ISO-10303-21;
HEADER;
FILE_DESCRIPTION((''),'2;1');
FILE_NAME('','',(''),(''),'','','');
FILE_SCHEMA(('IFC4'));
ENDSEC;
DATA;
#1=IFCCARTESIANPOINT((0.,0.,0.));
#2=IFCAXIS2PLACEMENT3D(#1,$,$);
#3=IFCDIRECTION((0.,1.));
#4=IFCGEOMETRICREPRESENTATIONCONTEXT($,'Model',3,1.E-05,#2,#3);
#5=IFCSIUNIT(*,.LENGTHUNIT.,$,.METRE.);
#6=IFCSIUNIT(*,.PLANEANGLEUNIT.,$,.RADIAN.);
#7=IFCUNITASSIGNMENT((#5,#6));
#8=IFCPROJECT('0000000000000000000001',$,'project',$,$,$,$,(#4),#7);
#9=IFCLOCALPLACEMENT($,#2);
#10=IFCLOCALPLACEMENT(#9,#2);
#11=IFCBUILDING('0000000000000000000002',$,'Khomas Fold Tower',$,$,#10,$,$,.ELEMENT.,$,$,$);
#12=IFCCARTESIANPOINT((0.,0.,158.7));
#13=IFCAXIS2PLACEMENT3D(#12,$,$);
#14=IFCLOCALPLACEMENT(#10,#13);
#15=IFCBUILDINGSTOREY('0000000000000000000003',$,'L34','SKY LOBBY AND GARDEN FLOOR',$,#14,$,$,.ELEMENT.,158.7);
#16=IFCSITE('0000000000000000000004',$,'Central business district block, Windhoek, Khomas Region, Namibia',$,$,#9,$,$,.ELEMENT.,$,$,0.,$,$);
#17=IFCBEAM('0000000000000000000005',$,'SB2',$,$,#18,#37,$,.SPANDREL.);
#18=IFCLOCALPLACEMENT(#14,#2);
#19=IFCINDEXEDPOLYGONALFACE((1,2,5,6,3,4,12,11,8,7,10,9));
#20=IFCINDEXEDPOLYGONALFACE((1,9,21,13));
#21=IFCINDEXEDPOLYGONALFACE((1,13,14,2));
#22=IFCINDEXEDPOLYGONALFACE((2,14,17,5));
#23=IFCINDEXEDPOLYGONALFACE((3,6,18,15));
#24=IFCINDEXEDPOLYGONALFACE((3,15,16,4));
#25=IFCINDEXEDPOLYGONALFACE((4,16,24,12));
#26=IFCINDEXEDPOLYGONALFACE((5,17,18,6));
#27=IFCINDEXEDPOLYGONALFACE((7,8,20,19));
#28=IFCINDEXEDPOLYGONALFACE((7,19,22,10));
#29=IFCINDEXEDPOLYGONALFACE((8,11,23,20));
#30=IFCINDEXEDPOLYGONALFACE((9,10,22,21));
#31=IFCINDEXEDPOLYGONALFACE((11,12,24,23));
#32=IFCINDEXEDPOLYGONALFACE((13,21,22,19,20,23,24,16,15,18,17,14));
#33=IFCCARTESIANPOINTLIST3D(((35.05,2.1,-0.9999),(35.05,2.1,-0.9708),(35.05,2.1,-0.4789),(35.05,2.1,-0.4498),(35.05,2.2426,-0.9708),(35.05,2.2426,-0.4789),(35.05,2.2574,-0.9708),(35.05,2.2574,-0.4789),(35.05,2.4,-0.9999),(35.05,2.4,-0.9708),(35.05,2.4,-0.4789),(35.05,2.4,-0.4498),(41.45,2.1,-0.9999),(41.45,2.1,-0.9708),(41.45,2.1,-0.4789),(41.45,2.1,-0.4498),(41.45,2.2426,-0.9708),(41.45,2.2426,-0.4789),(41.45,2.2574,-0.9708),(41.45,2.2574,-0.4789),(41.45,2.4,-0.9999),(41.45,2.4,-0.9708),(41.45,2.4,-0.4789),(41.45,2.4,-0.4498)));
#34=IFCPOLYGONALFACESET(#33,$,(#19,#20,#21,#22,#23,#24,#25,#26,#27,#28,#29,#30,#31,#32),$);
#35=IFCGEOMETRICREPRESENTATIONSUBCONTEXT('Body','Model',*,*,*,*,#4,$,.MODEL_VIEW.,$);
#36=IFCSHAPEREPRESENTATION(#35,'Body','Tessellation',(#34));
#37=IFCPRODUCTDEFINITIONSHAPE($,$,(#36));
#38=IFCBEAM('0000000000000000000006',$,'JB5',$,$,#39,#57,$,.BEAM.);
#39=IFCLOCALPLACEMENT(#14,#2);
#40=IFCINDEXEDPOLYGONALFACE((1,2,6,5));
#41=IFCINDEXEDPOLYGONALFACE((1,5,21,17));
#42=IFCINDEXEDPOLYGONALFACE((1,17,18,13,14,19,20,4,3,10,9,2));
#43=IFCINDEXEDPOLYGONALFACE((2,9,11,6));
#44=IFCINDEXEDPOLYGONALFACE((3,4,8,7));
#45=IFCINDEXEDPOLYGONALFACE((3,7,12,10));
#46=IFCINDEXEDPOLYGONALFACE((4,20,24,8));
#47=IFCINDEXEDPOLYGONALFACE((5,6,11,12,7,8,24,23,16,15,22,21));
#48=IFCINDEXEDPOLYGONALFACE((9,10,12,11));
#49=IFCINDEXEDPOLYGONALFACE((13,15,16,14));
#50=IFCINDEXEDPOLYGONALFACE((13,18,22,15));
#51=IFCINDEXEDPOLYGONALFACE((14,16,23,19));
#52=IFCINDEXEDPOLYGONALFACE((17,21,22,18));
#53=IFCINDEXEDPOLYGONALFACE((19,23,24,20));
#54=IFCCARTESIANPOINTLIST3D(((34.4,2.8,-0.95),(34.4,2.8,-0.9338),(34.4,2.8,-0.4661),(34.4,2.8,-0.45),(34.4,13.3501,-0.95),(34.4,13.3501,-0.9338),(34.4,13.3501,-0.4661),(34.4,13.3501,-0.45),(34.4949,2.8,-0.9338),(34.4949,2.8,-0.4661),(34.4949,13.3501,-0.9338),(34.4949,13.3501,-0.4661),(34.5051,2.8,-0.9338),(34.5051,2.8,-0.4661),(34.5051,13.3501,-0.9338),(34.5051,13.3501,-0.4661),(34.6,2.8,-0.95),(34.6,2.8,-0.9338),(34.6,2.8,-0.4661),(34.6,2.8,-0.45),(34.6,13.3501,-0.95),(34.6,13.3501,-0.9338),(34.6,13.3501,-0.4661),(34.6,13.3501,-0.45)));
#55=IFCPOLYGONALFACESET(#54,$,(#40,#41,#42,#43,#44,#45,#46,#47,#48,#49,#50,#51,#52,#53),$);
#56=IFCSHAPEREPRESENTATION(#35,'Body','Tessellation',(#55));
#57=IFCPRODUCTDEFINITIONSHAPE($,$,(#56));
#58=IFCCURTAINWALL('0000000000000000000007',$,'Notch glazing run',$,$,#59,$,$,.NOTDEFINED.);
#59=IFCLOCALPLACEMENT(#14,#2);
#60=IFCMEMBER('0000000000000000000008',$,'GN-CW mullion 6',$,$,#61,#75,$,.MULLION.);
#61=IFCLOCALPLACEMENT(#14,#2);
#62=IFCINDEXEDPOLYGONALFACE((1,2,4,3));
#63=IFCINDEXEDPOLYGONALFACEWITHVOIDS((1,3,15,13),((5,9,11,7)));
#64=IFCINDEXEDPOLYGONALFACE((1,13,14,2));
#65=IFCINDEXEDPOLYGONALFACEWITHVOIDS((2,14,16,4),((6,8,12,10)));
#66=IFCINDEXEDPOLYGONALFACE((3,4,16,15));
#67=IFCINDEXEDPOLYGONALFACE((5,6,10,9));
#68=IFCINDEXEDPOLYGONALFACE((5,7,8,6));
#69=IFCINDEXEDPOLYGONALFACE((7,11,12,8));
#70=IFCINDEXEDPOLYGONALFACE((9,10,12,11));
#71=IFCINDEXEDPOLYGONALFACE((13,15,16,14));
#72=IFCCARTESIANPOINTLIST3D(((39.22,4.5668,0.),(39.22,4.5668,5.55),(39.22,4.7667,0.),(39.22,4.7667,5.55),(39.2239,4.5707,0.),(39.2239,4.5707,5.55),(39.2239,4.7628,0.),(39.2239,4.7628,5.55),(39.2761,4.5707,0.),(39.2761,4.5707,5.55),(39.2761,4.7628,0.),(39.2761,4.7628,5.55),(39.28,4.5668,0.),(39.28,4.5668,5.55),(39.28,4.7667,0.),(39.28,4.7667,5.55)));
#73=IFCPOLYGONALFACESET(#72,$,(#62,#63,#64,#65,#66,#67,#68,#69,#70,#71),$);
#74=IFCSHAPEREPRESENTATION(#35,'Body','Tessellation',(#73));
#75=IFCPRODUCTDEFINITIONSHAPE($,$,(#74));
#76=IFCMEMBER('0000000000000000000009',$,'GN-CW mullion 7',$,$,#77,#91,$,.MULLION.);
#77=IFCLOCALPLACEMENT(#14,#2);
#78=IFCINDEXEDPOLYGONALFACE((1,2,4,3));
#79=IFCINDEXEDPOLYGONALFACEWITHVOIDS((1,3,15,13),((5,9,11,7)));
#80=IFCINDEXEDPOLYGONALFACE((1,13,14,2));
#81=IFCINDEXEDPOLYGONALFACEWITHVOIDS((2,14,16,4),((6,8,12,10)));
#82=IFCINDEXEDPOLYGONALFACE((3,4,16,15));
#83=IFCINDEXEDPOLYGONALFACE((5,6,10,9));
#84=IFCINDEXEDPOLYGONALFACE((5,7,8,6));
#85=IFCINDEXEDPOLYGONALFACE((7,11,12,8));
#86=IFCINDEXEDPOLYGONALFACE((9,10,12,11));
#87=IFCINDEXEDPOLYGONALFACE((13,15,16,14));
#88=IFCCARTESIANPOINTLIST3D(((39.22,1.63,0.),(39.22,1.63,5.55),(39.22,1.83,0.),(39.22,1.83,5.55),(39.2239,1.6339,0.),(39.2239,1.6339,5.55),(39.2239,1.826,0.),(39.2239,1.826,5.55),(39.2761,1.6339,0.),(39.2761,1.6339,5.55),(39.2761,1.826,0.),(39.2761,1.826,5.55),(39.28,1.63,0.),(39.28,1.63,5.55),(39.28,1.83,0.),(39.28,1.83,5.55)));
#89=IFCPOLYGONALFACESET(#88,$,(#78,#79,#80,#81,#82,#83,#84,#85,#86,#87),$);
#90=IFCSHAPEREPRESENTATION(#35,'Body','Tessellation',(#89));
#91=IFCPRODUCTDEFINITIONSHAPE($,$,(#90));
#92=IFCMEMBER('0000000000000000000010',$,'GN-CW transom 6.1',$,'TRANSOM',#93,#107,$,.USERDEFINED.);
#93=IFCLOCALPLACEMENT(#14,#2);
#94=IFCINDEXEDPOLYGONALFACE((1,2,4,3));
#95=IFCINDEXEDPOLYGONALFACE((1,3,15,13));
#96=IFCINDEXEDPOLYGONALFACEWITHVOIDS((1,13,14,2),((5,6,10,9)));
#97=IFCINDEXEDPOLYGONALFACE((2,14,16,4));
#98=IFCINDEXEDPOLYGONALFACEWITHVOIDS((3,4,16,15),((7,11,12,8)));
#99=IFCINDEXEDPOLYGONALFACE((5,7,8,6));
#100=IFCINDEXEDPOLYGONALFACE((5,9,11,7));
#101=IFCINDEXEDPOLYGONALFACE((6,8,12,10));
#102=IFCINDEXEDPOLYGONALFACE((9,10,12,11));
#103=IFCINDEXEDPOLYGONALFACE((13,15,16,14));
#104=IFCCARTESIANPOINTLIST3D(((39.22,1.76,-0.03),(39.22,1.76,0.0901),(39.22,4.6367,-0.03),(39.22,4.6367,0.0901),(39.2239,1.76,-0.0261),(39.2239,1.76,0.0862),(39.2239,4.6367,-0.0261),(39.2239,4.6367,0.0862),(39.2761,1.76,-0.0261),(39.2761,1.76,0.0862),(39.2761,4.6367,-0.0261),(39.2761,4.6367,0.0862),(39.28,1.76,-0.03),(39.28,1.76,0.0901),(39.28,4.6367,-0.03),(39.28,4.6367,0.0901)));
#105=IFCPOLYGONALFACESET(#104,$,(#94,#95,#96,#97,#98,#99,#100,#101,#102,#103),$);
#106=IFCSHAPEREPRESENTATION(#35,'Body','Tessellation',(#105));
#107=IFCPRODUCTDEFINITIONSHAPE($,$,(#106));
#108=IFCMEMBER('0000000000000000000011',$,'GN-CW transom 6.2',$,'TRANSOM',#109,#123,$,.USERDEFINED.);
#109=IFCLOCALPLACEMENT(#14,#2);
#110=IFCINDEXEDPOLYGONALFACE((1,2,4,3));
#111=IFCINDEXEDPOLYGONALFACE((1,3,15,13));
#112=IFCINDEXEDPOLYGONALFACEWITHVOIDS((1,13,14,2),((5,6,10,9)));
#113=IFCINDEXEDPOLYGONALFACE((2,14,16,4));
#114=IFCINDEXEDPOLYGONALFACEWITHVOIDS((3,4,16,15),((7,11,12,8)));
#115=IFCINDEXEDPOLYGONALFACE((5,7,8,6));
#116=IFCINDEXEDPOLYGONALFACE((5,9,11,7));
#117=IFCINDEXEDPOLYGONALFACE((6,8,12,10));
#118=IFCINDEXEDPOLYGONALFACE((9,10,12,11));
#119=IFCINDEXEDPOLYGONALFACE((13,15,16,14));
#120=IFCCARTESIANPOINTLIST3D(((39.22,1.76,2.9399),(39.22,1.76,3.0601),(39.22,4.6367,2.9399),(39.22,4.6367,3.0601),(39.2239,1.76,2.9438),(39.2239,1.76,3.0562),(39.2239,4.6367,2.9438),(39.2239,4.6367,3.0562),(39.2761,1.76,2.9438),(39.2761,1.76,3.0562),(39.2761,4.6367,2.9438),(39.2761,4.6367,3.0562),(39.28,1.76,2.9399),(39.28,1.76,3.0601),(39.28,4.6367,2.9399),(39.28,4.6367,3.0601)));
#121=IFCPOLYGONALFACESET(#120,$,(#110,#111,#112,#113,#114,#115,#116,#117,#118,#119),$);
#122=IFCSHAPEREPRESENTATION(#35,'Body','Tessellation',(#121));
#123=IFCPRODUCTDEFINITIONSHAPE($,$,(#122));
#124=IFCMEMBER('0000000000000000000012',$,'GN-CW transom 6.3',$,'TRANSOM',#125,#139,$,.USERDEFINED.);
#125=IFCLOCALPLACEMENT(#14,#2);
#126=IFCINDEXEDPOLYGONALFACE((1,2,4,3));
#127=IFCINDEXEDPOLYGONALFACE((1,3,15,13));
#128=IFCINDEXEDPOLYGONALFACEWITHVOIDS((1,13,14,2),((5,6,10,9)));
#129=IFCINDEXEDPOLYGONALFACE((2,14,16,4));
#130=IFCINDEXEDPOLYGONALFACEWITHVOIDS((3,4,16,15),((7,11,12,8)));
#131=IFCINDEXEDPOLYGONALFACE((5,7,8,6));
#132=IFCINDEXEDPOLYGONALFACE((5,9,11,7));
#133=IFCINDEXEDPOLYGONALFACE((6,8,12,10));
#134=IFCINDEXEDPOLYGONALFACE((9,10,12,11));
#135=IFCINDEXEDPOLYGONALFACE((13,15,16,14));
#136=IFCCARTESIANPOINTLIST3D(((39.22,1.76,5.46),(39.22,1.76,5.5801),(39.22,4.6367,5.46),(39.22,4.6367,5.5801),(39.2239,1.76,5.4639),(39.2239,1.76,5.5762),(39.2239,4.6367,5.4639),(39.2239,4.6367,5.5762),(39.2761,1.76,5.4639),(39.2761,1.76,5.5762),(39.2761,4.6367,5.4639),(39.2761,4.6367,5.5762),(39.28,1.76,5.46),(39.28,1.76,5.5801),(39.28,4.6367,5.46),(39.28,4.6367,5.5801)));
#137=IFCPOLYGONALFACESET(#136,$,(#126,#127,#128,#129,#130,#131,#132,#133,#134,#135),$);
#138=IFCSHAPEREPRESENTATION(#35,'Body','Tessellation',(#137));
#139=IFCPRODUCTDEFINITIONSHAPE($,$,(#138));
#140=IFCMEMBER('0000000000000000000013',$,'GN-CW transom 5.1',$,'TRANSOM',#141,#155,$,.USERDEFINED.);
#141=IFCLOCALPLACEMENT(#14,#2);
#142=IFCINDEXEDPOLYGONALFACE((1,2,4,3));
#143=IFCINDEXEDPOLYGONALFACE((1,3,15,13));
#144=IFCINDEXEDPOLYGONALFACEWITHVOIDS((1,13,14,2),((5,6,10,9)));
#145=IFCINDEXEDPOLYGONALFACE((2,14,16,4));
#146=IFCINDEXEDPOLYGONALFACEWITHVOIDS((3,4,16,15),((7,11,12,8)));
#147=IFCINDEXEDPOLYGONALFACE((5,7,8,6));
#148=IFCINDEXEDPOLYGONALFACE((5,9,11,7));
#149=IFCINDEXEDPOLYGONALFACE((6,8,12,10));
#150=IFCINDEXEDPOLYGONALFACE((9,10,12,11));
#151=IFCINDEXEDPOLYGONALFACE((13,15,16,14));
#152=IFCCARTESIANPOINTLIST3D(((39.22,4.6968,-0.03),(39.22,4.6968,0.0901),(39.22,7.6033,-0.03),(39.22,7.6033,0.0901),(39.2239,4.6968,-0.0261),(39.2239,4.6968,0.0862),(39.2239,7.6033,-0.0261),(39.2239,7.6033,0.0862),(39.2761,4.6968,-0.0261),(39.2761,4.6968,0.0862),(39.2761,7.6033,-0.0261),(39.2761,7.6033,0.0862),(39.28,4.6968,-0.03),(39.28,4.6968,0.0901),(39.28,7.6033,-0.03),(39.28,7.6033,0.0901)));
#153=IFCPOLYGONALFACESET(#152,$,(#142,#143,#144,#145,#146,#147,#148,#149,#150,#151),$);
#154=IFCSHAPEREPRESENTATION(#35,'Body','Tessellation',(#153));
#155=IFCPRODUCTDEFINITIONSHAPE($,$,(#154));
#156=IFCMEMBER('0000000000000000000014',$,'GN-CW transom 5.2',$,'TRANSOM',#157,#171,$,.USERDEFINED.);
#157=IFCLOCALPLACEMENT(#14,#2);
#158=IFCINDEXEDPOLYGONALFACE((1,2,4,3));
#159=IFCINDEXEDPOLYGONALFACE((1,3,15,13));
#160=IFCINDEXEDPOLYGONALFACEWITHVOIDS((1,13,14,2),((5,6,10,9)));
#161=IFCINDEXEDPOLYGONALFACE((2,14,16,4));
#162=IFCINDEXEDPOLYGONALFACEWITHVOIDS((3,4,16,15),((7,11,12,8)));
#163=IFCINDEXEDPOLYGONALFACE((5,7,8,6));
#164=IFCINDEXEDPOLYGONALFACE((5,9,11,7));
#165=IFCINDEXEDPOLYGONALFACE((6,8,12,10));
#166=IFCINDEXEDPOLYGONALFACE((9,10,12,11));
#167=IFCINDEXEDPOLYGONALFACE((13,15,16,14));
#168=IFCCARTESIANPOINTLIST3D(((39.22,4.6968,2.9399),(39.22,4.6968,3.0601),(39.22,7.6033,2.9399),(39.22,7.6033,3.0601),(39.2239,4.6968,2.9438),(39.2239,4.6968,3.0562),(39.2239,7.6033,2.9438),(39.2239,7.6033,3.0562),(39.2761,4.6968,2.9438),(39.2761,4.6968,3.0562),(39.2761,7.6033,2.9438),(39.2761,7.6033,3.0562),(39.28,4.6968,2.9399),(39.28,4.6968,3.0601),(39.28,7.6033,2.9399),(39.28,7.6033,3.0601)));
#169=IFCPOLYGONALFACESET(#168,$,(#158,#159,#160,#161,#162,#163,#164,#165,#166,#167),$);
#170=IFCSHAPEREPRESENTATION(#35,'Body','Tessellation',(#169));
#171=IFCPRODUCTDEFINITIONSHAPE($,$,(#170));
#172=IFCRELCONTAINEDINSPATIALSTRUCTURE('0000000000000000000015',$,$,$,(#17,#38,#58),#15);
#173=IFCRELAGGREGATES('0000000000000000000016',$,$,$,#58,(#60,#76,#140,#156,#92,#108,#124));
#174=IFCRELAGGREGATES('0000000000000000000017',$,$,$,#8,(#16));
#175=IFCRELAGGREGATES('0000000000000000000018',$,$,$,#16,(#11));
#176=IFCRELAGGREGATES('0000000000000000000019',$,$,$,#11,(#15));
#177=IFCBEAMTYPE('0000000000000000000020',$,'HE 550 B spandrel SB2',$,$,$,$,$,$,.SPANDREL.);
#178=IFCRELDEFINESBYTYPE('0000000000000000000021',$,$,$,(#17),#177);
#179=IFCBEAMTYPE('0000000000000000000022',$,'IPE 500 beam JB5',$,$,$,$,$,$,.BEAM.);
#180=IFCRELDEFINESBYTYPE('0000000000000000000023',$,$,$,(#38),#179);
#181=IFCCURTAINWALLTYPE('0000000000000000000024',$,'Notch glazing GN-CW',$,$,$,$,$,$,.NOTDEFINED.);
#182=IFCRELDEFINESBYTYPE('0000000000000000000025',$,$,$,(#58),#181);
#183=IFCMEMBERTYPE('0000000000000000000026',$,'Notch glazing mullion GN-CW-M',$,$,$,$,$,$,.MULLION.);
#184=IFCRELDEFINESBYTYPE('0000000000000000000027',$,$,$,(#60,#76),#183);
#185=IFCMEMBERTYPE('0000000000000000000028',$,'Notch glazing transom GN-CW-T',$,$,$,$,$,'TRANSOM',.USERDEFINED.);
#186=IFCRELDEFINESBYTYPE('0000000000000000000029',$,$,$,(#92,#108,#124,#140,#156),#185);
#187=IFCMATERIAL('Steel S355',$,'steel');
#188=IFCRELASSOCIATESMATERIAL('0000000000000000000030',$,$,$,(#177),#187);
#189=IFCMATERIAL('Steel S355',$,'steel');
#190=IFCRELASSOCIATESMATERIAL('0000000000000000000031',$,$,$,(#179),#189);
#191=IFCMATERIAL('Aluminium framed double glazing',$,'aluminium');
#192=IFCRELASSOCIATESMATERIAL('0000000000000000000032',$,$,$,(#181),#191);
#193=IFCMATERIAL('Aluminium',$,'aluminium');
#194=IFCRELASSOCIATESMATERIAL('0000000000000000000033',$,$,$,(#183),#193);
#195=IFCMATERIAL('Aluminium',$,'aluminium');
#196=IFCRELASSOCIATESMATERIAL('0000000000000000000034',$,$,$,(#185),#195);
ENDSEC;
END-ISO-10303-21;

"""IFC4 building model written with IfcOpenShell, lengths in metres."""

from ifc_helpers import new_model, si_unit, direction, frame, origin, origin_2d, place, context, subcontext, project, spatial, hollow_rectangle, i_section, extrude, source, transform, mapped, material, material_profile, profile_set, type_object, element, aggregate, save


model = new_model("IFC4")

# Units and contexts
model_context = context("Model", 3, precision=1e-05, world=origin(), true_north=direction((0.0, 1.0)))
body_context = subcontext(model_context, "Body", "Model", "MODEL_VIEW")
ifc_project = project(units=[si_unit("LENGTHUNIT", "METRE"), si_unit("PLANEANGLEUNIT", "RADIAN")], contexts=[model_context])

# Site, building, storey
site_placement = place(None, origin())
site = spatial("IfcSite", under=ifc_project, at=site_placement, Name="Central business district block, Windhoek, Khomas Region, Namibia", CompositionType="ELEMENT", RefElevation=0.0)
building_placement = place(site_placement, origin())
building = spatial("IfcBuilding", under=site, at=building_placement, Name="Khomas Fold Tower", CompositionType="ELEMENT")
storey_placement = place(building_placement, frame((0.0, 0.0, 158.7)))
storey = spatial("IfcBuildingStorey", under=building, at=storey_placement, Name="L34", Description="SKY LOBBY AND GARDEN FLOOR", CompositionType="ELEMENT", Elevation=158.7)

# Beams
ifc_material_1 = material(Name="Steel S355", Category="steel")
ifc_material_profile_1 = material_profile(ifc_material_1, i_section(OverallWidth=0.3, OverallDepth=0.55, WebThickness=0.0149, FlangeThickness=0.0291, at=origin_2d()), Name="HE 550 B")
ifc_profile_set_1 = profile_set([ifc_material_profile_1], Name="Steel S355")
beam_type_1 = type_object("IfcBeamType", Name="HE 550 B spandrel SB2", PredefinedType="SPANDREL", material=ifc_profile_set_1)
shared_shape_1 = source(origin(), body_context, "Body", "SweptSolid", [
    extrude(i_section(OverallWidth=0.3, OverallDepth=0.55, WebThickness=0.0149, FlangeThickness=0.0291, at=origin_2d()), origin(), (0.0, 0.0, 1.0), 6.3999),
])
beam_1_placement = place(storey_placement, frame((35.05, 2.25, -0.7249), z_axis=(1.0, 0.0, 0.0), x_axis=(0.0, 1.0, 0.0)))
element("IfcBeam", 1, at=beam_1_placement, inside=storey, type_object=beam_type_1, Name="SB2", PredefinedType="SPANDREL", context=body_context, shape_type="MappedRepresentation", body=[
    mapped(shared_shape_1, transform((0.0, 0.0, 0.0))),
])
ifc_material_2 = material(Name="Steel S355", Category="steel")
ifc_material_profile_2 = material_profile(ifc_material_2, i_section(OverallWidth=0.2, OverallDepth=0.5, WebThickness=0.0103, FlangeThickness=0.0161, at=origin_2d()), Name="IPE 500")
ifc_profile_set_2 = profile_set([ifc_material_profile_2], Name="Steel S355")
beam_type_2 = type_object("IfcBeamType", Name="IPE 500 beam JB5", PredefinedType="BEAM", material=ifc_profile_set_2)
shared_shape_2 = source(origin(), body_context, "Body", "SweptSolid", [
    extrude(i_section(OverallWidth=0.2, OverallDepth=0.5, WebThickness=0.0103, FlangeThickness=0.0161, at=origin_2d()), origin(), (0.0, 0.0, 1.0), 10.55),
])
beam_2_placement = place(storey_placement, frame((34.5, 2.8, -0.7), z_axis=(0.0, 1.0, 0.0), x_axis=(-1.0, 0.0, 0.0)))
element("IfcBeam", 2, at=beam_2_placement, inside=storey, type_object=beam_type_2, Name="JB5", PredefinedType="BEAM", context=body_context, shape_type="MappedRepresentation", body=[
    mapped(shared_shape_2, transform((0.0, 0.0, 0.0))),
])

# Curtain wall, members
ifc_material_3 = material(Name="Aluminium framed double glazing", Category="aluminium")
curtain_wall_type = type_object("IfcCurtainWallType", Name="Notch glazing GN-CW", PredefinedType="NOTDEFINED", material=ifc_material_3)
curtain_wall_placement = place(storey_placement, origin())
curtain_wall = element("IfcCurtainWall", 3, at=curtain_wall_placement, inside=storey, type_object=curtain_wall_type, Name="Notch glazing run", PredefinedType="NOTDEFINED")
ifc_material_4 = material(Name="Aluminium", Category="aluminium")
ifc_material_profile_3 = material_profile(ifc_material_4, hollow_rectangle(XDim=0.0601, YDim=0.2, WallThickness=0.0039, at=origin_2d()), Name="Notch glazing mullion GN-CW-M")
ifc_profile_set_3 = profile_set([ifc_material_profile_3], Name="Aluminium")
member_type_1 = type_object("IfcMemberType", Name="Notch glazing mullion GN-CW-M", PredefinedType="MULLION", material=ifc_profile_set_3)
shared_shape_3 = source(origin(), body_context, "Body", "SweptSolid", [
    extrude(hollow_rectangle(XDim=0.0601, YDim=0.2, WallThickness=0.0039, at=origin_2d()), origin(), (0.0, 0.0, 1.0), 5.55),
])
member_1_placement = place(storey_placement, frame((39.25, 4.6667, 0.0), z_axis=(0.0, 0.0, 1.0), x_axis=(1.0, 0.0, 0.0)))
member_1 = element("IfcMember", 4, at=member_1_placement, type_object=member_type_1, Name="GN-CW mullion 6", PredefinedType="MULLION", context=body_context, shape_type="MappedRepresentation", body=[
    mapped(shared_shape_3, transform((0.0, 0.0, 0.0))),
])
member_2_placement = place(storey_placement, frame((39.25, 1.73, 0.0), z_axis=(0.0, 0.0, 1.0), x_axis=(1.0, 0.0, 0.0)))
member_2 = element("IfcMember", 5, at=member_2_placement, type_object=member_type_1, Name="GN-CW mullion 7", PredefinedType="MULLION", context=body_context, shape_type="MappedRepresentation", body=[
    mapped(shared_shape_3, transform((0.0, 0.0, 0.0))),
])
ifc_material_5 = material(Name="Aluminium", Category="aluminium")
ifc_material_profile_4 = material_profile(ifc_material_5, hollow_rectangle(XDim=0.0601, YDim=0.1201, WallThickness=0.0039, at=origin_2d()), Name="Notch glazing transom GN-CW-T")
ifc_profile_set_4 = profile_set([ifc_material_profile_4], Name="Aluminium")
member_type_2 = type_object("IfcMemberType", Name="Notch glazing transom GN-CW-T", ElementType="TRANSOM", PredefinedType="USERDEFINED", material=ifc_profile_set_4)
shared_shape_4 = source(origin(), body_context, "Body", "SweptSolid", [
    extrude(hollow_rectangle(XDim=0.0601, YDim=0.1201, WallThickness=0.0039, at=origin_2d()), origin(), (0.0, 0.0, 1.0), 2.8767),
])
member_3_placement = place(storey_placement, frame((39.25, 4.6367, 0.03), z_axis=(0.0, -1.0, 0.0), x_axis=(1.0, 0.0, 0.0)))
member_3 = element("IfcMember", 6, at=member_3_placement, type_object=member_type_2, Name="GN-CW transom 6.1", ObjectType="TRANSOM", PredefinedType="USERDEFINED", context=body_context, shape_type="MappedRepresentation", body=[
    mapped(shared_shape_4, transform((0.0, 0.0, 0.0))),
])
member_4_placement = place(storey_placement, frame((39.25, 4.6367, 3.0), z_axis=(0.0, -1.0, 0.0), x_axis=(1.0, 0.0, 0.0)))
member_4 = element("IfcMember", 7, at=member_4_placement, type_object=member_type_2, Name="GN-CW transom 6.2", ObjectType="TRANSOM", PredefinedType="USERDEFINED", context=body_context, shape_type="MappedRepresentation", body=[
    mapped(shared_shape_4, transform((0.0, 0.0, 0.0))),
])
member_5_placement = place(storey_placement, frame((39.25, 4.6367, 5.52), z_axis=(0.0, -1.0, 0.0), x_axis=(1.0, 0.0, 0.0)))
member_5 = element("IfcMember", 8, at=member_5_placement, type_object=member_type_2, Name="GN-CW transom 6.3", ObjectType="TRANSOM", PredefinedType="USERDEFINED", context=body_context, shape_type="MappedRepresentation", body=[
    mapped(shared_shape_4, transform((0.0, 0.0, 0.0))),
])
shared_shape_5 = source(origin(), body_context, "Body", "SweptSolid", [
    extrude(hollow_rectangle(XDim=0.0601, YDim=0.1201, WallThickness=0.0039, at=origin_2d()), origin(), (0.0, 0.0, 1.0), 2.9065),
])
member_6_placement = place(storey_placement, frame((39.25, 7.6033, 0.03), z_axis=(0.0, -1.0, 0.0), x_axis=(1.0, 0.0, 0.0)))
member_6 = element("IfcMember", 9, at=member_6_placement, type_object=member_type_2, Name="GN-CW transom 5.1", ObjectType="TRANSOM", PredefinedType="USERDEFINED", context=body_context, shape_type="MappedRepresentation", body=[
    mapped(shared_shape_5, transform((0.0, 0.0, 0.0))),
])
member_7_placement = place(storey_placement, frame((39.25, 7.6033, 3.0), z_axis=(0.0, -1.0, 0.0), x_axis=(1.0, 0.0, 0.0)))
member_7 = element("IfcMember", 10, at=member_7_placement, type_object=member_type_2, Name="GN-CW transom 5.2", ObjectType="TRANSOM", PredefinedType="USERDEFINED", context=body_context, shape_type="MappedRepresentation", body=[
    mapped(shared_shape_5, transform((0.0, 0.0, 0.0))),
])
aggregate(curtain_wall, [member_1, member_2, member_6, member_7, member_3, member_4, member_5])

save(model, "model.ifc")
